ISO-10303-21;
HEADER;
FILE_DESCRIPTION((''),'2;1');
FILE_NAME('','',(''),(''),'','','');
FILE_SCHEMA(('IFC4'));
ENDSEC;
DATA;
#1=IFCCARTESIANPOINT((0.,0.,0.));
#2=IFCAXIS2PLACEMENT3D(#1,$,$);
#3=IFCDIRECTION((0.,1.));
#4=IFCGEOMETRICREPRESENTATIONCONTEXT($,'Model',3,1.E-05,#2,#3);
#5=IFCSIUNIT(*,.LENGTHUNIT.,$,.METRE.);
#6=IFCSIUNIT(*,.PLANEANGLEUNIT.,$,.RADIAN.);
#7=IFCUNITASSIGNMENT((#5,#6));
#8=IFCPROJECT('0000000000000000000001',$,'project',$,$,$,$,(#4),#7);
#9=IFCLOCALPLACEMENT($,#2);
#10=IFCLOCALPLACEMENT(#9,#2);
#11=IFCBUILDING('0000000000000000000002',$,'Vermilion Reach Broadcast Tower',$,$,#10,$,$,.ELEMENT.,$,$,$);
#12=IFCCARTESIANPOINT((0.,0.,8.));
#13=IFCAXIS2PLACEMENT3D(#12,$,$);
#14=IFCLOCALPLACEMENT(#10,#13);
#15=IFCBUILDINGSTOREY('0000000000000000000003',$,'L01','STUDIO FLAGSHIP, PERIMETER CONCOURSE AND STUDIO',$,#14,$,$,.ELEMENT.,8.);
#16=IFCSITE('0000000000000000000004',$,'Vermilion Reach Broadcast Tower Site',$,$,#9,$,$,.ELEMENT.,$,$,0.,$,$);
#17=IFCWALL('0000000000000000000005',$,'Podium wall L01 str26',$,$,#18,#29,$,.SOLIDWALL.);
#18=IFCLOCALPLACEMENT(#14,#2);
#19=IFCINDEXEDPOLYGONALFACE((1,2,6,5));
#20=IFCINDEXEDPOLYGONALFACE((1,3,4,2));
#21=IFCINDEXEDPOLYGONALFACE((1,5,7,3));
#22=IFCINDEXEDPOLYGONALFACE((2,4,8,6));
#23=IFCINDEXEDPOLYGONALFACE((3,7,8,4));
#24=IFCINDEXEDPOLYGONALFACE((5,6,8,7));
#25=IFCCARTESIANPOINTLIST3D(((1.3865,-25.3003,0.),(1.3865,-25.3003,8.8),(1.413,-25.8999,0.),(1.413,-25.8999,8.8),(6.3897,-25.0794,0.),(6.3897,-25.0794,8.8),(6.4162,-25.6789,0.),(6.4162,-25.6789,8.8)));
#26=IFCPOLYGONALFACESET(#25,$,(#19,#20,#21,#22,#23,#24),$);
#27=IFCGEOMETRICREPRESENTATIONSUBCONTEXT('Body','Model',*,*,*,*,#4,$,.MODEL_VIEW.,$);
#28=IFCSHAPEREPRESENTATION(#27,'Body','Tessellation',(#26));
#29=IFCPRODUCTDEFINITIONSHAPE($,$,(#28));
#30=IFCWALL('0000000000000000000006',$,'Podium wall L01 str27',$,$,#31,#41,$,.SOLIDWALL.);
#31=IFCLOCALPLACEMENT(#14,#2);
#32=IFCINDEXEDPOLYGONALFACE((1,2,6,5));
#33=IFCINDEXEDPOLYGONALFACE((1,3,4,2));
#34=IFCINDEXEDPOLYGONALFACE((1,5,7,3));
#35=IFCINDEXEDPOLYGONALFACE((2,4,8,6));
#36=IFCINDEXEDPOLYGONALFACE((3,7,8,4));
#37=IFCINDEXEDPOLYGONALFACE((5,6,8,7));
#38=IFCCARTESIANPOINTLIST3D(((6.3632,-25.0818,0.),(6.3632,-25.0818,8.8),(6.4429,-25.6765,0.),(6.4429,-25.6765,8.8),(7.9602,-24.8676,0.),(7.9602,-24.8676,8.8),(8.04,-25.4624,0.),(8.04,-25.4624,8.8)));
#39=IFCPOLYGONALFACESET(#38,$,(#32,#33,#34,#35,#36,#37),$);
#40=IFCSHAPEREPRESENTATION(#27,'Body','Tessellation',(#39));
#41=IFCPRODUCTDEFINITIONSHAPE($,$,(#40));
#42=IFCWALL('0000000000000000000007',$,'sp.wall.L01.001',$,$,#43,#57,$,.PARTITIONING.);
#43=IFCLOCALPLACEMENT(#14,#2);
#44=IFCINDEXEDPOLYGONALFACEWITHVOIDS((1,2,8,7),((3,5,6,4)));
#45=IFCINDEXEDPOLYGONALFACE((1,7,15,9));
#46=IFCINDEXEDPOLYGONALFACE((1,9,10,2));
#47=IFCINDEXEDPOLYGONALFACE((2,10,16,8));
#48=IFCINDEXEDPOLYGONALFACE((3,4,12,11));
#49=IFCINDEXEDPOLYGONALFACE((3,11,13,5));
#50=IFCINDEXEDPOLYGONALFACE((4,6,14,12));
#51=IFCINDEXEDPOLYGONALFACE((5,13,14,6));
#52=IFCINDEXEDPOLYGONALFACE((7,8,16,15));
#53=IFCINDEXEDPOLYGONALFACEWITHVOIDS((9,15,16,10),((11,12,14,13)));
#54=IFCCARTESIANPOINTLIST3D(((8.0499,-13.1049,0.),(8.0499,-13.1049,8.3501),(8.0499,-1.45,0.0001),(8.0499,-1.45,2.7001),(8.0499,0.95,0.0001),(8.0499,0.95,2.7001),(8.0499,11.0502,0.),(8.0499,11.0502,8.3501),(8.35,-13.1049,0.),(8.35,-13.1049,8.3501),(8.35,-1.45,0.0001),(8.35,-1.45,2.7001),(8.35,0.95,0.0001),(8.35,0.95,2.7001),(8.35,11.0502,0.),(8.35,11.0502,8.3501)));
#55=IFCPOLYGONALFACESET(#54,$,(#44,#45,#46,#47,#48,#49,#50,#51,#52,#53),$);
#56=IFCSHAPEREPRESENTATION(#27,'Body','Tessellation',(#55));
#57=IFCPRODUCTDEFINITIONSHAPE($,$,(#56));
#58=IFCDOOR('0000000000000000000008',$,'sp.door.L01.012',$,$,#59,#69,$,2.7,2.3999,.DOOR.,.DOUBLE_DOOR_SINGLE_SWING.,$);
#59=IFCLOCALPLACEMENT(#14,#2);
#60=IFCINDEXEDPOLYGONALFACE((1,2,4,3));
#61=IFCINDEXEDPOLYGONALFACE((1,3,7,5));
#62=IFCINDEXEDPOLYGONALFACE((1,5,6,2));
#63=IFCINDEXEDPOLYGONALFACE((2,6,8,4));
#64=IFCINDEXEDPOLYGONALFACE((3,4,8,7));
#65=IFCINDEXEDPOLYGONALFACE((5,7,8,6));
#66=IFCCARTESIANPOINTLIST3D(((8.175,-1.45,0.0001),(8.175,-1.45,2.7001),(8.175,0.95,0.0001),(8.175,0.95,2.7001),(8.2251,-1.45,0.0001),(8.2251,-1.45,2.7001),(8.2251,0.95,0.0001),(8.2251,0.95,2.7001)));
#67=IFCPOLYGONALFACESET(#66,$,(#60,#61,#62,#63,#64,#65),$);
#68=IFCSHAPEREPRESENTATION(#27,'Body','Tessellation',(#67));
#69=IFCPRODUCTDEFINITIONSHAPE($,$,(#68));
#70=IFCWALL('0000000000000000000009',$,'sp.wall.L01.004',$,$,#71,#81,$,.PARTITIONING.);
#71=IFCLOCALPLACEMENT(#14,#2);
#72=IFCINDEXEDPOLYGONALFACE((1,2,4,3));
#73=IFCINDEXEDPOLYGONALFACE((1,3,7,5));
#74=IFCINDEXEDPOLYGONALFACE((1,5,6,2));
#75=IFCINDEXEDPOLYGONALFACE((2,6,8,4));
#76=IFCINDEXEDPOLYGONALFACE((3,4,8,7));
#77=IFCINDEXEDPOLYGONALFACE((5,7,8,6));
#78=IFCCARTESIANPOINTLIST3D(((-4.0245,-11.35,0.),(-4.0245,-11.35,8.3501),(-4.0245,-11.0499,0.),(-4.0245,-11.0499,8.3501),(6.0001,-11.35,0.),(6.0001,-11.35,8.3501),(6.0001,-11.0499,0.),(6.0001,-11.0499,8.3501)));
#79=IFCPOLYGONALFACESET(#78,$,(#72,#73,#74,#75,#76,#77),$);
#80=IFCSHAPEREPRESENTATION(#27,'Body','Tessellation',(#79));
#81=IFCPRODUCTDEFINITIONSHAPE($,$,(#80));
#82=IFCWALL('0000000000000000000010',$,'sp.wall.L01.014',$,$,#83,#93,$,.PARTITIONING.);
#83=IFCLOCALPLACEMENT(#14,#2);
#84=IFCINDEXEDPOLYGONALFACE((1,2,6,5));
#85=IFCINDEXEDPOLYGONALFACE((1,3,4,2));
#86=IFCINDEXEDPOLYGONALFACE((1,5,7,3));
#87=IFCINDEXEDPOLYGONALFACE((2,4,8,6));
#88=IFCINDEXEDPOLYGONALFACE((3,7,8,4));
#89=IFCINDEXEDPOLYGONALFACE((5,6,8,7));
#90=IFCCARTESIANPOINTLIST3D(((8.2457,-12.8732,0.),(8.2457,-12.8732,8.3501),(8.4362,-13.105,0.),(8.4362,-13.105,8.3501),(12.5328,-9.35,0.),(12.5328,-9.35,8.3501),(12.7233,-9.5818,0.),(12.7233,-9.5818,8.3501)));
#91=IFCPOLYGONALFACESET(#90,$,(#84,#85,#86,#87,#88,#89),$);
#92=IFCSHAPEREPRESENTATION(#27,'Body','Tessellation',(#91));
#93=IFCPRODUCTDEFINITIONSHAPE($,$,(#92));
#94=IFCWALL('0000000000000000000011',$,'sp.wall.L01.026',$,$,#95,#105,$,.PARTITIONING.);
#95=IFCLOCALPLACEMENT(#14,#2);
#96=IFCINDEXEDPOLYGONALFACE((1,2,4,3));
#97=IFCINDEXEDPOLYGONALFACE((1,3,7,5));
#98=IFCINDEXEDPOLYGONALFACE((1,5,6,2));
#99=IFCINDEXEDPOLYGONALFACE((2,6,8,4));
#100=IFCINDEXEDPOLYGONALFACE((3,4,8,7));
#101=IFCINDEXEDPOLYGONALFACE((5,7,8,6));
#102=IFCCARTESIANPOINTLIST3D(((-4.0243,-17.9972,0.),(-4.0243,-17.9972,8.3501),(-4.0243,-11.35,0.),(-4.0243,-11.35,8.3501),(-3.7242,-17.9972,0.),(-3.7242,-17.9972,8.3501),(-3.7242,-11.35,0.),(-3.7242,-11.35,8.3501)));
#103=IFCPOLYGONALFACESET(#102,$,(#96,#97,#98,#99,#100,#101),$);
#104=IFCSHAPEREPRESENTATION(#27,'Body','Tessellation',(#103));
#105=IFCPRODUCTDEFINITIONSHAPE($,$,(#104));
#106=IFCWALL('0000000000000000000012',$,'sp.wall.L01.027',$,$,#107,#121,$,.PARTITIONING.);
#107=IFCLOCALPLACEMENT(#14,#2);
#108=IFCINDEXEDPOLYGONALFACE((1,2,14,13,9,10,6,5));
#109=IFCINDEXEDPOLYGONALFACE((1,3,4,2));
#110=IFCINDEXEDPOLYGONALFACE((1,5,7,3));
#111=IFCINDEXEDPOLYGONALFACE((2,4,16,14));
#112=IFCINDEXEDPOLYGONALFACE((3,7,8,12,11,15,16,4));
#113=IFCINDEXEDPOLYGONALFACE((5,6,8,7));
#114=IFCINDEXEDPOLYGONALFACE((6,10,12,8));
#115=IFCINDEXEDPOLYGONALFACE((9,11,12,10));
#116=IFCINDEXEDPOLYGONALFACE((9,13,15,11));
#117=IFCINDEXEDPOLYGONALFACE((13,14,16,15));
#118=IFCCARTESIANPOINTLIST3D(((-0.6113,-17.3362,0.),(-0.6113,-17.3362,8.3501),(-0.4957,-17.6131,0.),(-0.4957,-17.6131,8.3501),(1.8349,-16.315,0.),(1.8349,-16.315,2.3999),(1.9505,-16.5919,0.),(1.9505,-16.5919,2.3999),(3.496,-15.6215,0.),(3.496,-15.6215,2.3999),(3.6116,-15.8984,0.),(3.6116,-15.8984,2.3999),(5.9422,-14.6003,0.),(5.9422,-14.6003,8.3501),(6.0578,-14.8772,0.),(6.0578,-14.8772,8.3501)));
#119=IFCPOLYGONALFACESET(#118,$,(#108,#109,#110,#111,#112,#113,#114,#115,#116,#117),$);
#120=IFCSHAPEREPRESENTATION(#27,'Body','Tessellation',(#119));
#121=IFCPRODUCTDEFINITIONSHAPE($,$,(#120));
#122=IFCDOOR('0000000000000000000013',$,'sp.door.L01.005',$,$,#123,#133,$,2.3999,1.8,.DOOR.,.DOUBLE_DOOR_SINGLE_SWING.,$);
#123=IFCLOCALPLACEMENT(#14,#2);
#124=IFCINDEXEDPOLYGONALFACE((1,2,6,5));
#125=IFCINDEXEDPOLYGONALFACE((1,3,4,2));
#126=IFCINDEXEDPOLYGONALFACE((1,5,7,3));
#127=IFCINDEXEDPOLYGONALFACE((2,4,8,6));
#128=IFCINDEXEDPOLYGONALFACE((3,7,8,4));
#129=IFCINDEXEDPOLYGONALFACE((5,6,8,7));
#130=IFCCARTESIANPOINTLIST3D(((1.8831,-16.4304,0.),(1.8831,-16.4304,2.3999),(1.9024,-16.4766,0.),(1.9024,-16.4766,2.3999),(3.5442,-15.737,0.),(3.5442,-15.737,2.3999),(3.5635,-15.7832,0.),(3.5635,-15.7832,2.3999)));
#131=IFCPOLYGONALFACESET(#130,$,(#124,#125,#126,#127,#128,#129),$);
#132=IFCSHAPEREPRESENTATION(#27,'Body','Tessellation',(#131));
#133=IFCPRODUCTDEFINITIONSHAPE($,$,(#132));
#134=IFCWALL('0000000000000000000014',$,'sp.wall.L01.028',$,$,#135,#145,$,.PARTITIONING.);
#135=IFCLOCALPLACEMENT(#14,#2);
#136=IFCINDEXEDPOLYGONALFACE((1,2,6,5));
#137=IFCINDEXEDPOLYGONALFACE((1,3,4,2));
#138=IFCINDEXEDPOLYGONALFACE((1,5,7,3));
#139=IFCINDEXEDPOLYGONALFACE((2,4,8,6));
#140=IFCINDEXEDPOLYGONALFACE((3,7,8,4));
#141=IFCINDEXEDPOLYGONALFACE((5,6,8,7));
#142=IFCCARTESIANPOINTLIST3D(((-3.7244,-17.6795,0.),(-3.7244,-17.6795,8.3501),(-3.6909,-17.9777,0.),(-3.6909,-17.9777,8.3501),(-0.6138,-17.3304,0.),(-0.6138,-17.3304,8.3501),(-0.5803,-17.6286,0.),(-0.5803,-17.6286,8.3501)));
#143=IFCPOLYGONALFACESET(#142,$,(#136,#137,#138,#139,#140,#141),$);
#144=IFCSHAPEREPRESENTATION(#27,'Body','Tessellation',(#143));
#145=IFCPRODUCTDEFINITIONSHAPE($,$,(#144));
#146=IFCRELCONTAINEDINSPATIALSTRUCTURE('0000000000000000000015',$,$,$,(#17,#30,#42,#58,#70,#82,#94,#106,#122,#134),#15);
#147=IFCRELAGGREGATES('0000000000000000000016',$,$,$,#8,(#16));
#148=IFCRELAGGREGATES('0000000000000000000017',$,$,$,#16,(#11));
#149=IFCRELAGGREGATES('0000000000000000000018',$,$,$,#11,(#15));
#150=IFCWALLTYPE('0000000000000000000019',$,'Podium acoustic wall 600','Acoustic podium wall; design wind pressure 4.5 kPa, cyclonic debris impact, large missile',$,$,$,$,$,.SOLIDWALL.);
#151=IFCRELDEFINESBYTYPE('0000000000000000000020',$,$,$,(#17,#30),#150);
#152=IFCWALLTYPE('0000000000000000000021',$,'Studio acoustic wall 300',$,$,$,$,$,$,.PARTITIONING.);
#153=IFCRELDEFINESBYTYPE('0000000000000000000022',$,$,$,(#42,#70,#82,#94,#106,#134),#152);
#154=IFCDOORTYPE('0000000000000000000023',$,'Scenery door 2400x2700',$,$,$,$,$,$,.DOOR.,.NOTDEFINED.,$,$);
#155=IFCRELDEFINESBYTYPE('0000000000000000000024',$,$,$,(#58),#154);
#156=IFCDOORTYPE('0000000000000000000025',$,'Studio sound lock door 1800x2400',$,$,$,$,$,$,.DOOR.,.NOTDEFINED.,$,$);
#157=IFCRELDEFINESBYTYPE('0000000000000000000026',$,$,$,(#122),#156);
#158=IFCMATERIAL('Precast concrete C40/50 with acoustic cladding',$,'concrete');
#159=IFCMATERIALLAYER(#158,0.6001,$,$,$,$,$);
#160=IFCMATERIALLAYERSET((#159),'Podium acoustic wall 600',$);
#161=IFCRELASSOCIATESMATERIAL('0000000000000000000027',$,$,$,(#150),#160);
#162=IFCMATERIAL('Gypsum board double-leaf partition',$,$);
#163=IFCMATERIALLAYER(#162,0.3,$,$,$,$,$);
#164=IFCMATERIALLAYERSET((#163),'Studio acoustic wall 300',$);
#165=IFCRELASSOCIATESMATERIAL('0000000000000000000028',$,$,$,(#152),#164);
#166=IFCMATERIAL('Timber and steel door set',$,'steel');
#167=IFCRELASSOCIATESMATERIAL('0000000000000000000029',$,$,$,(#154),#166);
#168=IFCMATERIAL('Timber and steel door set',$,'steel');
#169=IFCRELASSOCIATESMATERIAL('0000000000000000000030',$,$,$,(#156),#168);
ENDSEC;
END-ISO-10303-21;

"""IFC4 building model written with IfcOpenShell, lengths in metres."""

from ifc_helpers import new_model, si_unit, direction, frame, frame_2d, origin, place, context, subcontext, project, spatial, rectangle, extrude, material, layer, layer_set, type_object, element, fill, save


model = new_model("IFC4")

# Units and contexts
model_context = context("Model", 3, precision=1e-05, world=origin(), true_north=direction((0.0, 1.0)))
body_context = subcontext(model_context, "Body", "Model", "MODEL_VIEW")
ifc_project = project(units=[si_unit("LENGTHUNIT", "METRE"), si_unit("PLANEANGLEUNIT", "RADIAN")], contexts=[model_context])

# Site, building, storey
site_placement = place(None, origin())
site = spatial("IfcSite", under=ifc_project, at=site_placement, Name="Vermilion Reach Broadcast Tower Site", CompositionType="ELEMENT", RefElevation=0.0)
building_placement = place(site_placement, origin())
building = spatial("IfcBuilding", under=site, at=building_placement, Name="Vermilion Reach Broadcast Tower", CompositionType="ELEMENT")
storey_placement = place(building_placement, frame((0.0, 0.0, 8.0)))
storey = spatial("IfcBuildingStorey", under=building, at=storey_placement, Name="L01", Description="STUDIO FLAGSHIP, PERIMETER CONCOURSE AND STUDIO", CompositionType="ELEMENT", Elevation=8.0)

# Walls
ifc_material_1 = material(Name="Precast concrete C40/50 with acoustic cladding", Category="concrete")
ifc_layer_1 = layer(ifc_material_1, 0.6001)
ifc_layer_set_1 = layer_set([ifc_layer_1], Name="Podium acoustic wall 600")
wall_type_1 = type_object("IfcWallType", Name="Podium acoustic wall 600", Description="Acoustic podium wall; design wind pressure 4.5 kPa, cyclonic debris impact, large missile", PredefinedType="SOLIDWALL", material=ifc_layer_set_1)
wall_1_placement = place(storey_placement, frame((1.3999, -25.6001, 0.0), z_axis=(0.0, 0.0, 1.0), x_axis=(0.999026, 0.044118, 0.0)))
element("IfcWall", 1, at=wall_1_placement, inside=storey, type_object=wall_type_1, Name="Podium wall L01 str26", PredefinedType="SOLIDWALL", context=body_context, shape_type="SweptSolid", body=[
    extrude(rectangle(XDim=5.0081, YDim=0.6001, at=frame_2d((2.5039, 0.0))), origin(), (0.0, 0.0, 1.0), 8.8),
])
wall_2_placement = place(storey_placement, frame((6.4031, -25.3792, 0.0), z_axis=(0.0, 0.0, 1.0), x_axis=(0.991131, 0.132888, 0.0)))
element("IfcWall", 2, at=wall_2_placement, inside=storey, type_object=wall_type_1, Name="Podium wall L01 str27", PredefinedType="SOLIDWALL", context=body_context, shape_type="SweptSolid", body=[
    extrude(rectangle(XDim=1.6113, YDim=0.6001, at=frame_2d((0.8057, 0.0))), origin(), (0.0, 0.0, 1.0), 8.8),
])

# Wall, opening, door
ifc_material_2 = material(Name="Gypsum board double-leaf partition")
ifc_layer_2 = layer(ifc_material_2, 0.3)
ifc_layer_set_2 = layer_set([ifc_layer_2], Name="Studio acoustic wall 300")
wall_type_2 = type_object("IfcWallType", Name="Studio acoustic wall 300", PredefinedType="PARTITIONING", material=ifc_layer_set_2)
wall_3_placement = place(storey_placement, frame((8.2, -13.105, 0.0), z_axis=(0.0, 0.0, 1.0), x_axis=(0.0, 1.0, 0.0)))
wall_3 = element("IfcWall", 3, at=wall_3_placement, inside=storey, type_object=wall_type_2, Name="sp.wall.L01.001", PredefinedType="PARTITIONING", context=body_context, shape_type="SweptSolid", body=[
    extrude(rectangle(XDim=24.155, YDim=0.3, at=frame_2d((12.0776, 0.0))), origin(), (0.0, 0.0, 1.0), 8.3501),
])
opening_1_placement = place(wall_3_placement, frame((11.655, 0.0, 0.0)))
opening_1 = element("IfcOpeningElement", 4, at=opening_1_placement, cuts=wall_3, PredefinedType="OPENING", context=body_context, shape_type="SweptSolid", body=[
    extrude(rectangle(XDim=2.3999, YDim=2.7, at=frame_2d((1.2, 1.3501))), frame((0.0, 0.1599, 0.0), z_axis=(0.0, -1.0, 0.0), x_axis=(1.0, 0.0, 0.0)), (0.0, 0.0, 1.0), 0.3201),
])
ifc_material_3 = material(Name="Timber and steel door set", Category="steel")
door_type_1 = type_object("IfcDoorType", Name="Scenery door 2400x2700", OperationType="NOTDEFINED", PredefinedType="DOOR", material=ifc_material_3)
door_1_placement = place(opening_1_placement, origin())
door_1 = element("IfcDoor", 5, at=door_1_placement, inside=storey, type_object=door_type_1, Name="sp.door.L01.012", OperationType="DOUBLE_DOOR_SINGLE_SWING", OverallHeight=2.7, OverallWidth=2.3999, PredefinedType="DOOR", context=body_context, shape_type="SweptSolid", body=[
    extrude(rectangle(XDim=2.3999, YDim=2.7, at=frame_2d((1.2, 1.3501))), frame((0.0, 0.0249, 0.0), z_axis=(0.0, -1.0, 0.0), x_axis=(1.0, 0.0, 0.0)), (0.0, 0.0, 1.0), 0.05),
])
fill(opening_1, door_1)

# Walls
wall_4_placement = place(storey_placement, frame((-4.0244, -11.2, 0.0), z_axis=(0.0, 0.0, 1.0), x_axis=(1.0, 0.0, 0.0)))
element("IfcWall", 6, at=wall_4_placement, inside=storey, type_object=wall_type_2, Name="sp.wall.L01.004", PredefinedType="PARTITIONING", context=body_context, shape_type="SweptSolid", body=[
    extrude(rectangle(XDim=10.0247, YDim=0.3, at=frame_2d((5.0122, 0.0))), origin(), (0.0, 0.0, 1.0), 8.3501),
])
wall_5_placement = place(storey_placement, frame((8.3411, -12.989, 0.0), z_axis=(0.0, 0.0, 1.0), x_axis=(0.772581, 0.634916, 0.0)))
element("IfcWall", 7, at=wall_5_placement, inside=storey, type_object=wall_type_2, Name="sp.wall.L01.014", PredefinedType="PARTITIONING", context=body_context, shape_type="SweptSolid", body=[
    extrude(rectangle(XDim=5.5491, YDim=0.3, at=frame_2d((2.7744, 0.0))), origin(), (0.0, 0.0, 1.0), 8.3501),
])
wall_6_placement = place(storey_placement, frame((-3.8743, -17.9973, 0.0), z_axis=(0.0, 0.0, 1.0), x_axis=(0.0, 1.0, 0.0)))
element("IfcWall", 8, at=wall_6_placement, inside=storey, type_object=wall_type_2, Name="sp.wall.L01.026", PredefinedType="PARTITIONING", context=body_context, shape_type="SweptSolid", body=[
    extrude(rectangle(XDim=6.6472, YDim=0.3, at=frame_2d((3.3237, 0.0))), origin(), (0.0, 0.0, 1.0), 8.3501),
])

# Wall, opening, door
wall_7_placement = place(storey_placement, frame((-0.5535, -17.4746, 0.0), z_axis=(0.0, 0.0, 1.0), x_axis=(0.922815, 0.385243, 0.0)))
wall_7 = element("IfcWall", 9, at=wall_7_placement, inside=storey, type_object=wall_type_2, Name="sp.wall.L01.027", PredefinedType="PARTITIONING", context=body_context, shape_type="SweptSolid", body=[
    extrude(rectangle(XDim=7.1016, YDim=0.3, at=frame_2d((3.5508, 0.0))), origin(), (0.0, 0.0, 1.0), 8.3501),
])
opening_2_placement = place(wall_7_placement, frame((2.6509, 0.0, 0.0)))
opening_2 = element("IfcOpeningElement", 10, at=opening_2_placement, cuts=wall_7, PredefinedType="OPENING", context=body_context, shape_type="SweptSolid", body=[
    extrude(rectangle(XDim=1.8, YDim=2.3999, at=frame_2d((0.8999, 1.2))), frame((0.0, 0.1599, 0.0), z_axis=(0.0, -1.0, 0.0), x_axis=(1.0, 0.0, 0.0)), (0.0, 0.0, 1.0), 0.3201),
])
ifc_material_4 = material(Name="Timber and steel door set", Category="steel")
door_type_2 = type_object("IfcDoorType", Name="Studio sound lock door 1800x2400", OperationType="NOTDEFINED", PredefinedType="DOOR", material=ifc_material_4)
door_2_placement = place(opening_2_placement, origin())
door_2 = element("IfcDoor", 11, at=door_2_placement, inside=storey, type_object=door_type_2, Name="sp.door.L01.005", OperationType="DOUBLE_DOOR_SINGLE_SWING", OverallHeight=2.3999, OverallWidth=1.8, PredefinedType="DOOR", context=body_context, shape_type="SweptSolid", body=[
    extrude(rectangle(XDim=1.8, YDim=2.3999, at=frame_2d((0.8999, 1.2))), frame((0.0, 0.0249, 0.0), z_axis=(0.0, -1.0, 0.0), x_axis=(1.0, 0.0, 0.0)), (0.0, 0.0, 1.0), 0.05),
])
fill(opening_2, door_2)

# Wall
wall_8_placement = place(storey_placement, frame((-3.7075, -17.8286, 0.0), z_axis=(0.0, 0.0, 1.0), x_axis=(0.99376, 0.111536, 0.0)))
element("IfcWall", 12, at=wall_8_placement, inside=storey, type_object=wall_type_2, Name="sp.wall.L01.028", PredefinedType="PARTITIONING", context=body_context, shape_type="SweptSolid", body=[
    extrude(rectangle(XDim=3.1301, YDim=0.3, at=frame_2d((1.5649, 0.0))), origin(), (0.0, 0.0, 1.0), 8.3501),
])

save(model, "model.ifc")
